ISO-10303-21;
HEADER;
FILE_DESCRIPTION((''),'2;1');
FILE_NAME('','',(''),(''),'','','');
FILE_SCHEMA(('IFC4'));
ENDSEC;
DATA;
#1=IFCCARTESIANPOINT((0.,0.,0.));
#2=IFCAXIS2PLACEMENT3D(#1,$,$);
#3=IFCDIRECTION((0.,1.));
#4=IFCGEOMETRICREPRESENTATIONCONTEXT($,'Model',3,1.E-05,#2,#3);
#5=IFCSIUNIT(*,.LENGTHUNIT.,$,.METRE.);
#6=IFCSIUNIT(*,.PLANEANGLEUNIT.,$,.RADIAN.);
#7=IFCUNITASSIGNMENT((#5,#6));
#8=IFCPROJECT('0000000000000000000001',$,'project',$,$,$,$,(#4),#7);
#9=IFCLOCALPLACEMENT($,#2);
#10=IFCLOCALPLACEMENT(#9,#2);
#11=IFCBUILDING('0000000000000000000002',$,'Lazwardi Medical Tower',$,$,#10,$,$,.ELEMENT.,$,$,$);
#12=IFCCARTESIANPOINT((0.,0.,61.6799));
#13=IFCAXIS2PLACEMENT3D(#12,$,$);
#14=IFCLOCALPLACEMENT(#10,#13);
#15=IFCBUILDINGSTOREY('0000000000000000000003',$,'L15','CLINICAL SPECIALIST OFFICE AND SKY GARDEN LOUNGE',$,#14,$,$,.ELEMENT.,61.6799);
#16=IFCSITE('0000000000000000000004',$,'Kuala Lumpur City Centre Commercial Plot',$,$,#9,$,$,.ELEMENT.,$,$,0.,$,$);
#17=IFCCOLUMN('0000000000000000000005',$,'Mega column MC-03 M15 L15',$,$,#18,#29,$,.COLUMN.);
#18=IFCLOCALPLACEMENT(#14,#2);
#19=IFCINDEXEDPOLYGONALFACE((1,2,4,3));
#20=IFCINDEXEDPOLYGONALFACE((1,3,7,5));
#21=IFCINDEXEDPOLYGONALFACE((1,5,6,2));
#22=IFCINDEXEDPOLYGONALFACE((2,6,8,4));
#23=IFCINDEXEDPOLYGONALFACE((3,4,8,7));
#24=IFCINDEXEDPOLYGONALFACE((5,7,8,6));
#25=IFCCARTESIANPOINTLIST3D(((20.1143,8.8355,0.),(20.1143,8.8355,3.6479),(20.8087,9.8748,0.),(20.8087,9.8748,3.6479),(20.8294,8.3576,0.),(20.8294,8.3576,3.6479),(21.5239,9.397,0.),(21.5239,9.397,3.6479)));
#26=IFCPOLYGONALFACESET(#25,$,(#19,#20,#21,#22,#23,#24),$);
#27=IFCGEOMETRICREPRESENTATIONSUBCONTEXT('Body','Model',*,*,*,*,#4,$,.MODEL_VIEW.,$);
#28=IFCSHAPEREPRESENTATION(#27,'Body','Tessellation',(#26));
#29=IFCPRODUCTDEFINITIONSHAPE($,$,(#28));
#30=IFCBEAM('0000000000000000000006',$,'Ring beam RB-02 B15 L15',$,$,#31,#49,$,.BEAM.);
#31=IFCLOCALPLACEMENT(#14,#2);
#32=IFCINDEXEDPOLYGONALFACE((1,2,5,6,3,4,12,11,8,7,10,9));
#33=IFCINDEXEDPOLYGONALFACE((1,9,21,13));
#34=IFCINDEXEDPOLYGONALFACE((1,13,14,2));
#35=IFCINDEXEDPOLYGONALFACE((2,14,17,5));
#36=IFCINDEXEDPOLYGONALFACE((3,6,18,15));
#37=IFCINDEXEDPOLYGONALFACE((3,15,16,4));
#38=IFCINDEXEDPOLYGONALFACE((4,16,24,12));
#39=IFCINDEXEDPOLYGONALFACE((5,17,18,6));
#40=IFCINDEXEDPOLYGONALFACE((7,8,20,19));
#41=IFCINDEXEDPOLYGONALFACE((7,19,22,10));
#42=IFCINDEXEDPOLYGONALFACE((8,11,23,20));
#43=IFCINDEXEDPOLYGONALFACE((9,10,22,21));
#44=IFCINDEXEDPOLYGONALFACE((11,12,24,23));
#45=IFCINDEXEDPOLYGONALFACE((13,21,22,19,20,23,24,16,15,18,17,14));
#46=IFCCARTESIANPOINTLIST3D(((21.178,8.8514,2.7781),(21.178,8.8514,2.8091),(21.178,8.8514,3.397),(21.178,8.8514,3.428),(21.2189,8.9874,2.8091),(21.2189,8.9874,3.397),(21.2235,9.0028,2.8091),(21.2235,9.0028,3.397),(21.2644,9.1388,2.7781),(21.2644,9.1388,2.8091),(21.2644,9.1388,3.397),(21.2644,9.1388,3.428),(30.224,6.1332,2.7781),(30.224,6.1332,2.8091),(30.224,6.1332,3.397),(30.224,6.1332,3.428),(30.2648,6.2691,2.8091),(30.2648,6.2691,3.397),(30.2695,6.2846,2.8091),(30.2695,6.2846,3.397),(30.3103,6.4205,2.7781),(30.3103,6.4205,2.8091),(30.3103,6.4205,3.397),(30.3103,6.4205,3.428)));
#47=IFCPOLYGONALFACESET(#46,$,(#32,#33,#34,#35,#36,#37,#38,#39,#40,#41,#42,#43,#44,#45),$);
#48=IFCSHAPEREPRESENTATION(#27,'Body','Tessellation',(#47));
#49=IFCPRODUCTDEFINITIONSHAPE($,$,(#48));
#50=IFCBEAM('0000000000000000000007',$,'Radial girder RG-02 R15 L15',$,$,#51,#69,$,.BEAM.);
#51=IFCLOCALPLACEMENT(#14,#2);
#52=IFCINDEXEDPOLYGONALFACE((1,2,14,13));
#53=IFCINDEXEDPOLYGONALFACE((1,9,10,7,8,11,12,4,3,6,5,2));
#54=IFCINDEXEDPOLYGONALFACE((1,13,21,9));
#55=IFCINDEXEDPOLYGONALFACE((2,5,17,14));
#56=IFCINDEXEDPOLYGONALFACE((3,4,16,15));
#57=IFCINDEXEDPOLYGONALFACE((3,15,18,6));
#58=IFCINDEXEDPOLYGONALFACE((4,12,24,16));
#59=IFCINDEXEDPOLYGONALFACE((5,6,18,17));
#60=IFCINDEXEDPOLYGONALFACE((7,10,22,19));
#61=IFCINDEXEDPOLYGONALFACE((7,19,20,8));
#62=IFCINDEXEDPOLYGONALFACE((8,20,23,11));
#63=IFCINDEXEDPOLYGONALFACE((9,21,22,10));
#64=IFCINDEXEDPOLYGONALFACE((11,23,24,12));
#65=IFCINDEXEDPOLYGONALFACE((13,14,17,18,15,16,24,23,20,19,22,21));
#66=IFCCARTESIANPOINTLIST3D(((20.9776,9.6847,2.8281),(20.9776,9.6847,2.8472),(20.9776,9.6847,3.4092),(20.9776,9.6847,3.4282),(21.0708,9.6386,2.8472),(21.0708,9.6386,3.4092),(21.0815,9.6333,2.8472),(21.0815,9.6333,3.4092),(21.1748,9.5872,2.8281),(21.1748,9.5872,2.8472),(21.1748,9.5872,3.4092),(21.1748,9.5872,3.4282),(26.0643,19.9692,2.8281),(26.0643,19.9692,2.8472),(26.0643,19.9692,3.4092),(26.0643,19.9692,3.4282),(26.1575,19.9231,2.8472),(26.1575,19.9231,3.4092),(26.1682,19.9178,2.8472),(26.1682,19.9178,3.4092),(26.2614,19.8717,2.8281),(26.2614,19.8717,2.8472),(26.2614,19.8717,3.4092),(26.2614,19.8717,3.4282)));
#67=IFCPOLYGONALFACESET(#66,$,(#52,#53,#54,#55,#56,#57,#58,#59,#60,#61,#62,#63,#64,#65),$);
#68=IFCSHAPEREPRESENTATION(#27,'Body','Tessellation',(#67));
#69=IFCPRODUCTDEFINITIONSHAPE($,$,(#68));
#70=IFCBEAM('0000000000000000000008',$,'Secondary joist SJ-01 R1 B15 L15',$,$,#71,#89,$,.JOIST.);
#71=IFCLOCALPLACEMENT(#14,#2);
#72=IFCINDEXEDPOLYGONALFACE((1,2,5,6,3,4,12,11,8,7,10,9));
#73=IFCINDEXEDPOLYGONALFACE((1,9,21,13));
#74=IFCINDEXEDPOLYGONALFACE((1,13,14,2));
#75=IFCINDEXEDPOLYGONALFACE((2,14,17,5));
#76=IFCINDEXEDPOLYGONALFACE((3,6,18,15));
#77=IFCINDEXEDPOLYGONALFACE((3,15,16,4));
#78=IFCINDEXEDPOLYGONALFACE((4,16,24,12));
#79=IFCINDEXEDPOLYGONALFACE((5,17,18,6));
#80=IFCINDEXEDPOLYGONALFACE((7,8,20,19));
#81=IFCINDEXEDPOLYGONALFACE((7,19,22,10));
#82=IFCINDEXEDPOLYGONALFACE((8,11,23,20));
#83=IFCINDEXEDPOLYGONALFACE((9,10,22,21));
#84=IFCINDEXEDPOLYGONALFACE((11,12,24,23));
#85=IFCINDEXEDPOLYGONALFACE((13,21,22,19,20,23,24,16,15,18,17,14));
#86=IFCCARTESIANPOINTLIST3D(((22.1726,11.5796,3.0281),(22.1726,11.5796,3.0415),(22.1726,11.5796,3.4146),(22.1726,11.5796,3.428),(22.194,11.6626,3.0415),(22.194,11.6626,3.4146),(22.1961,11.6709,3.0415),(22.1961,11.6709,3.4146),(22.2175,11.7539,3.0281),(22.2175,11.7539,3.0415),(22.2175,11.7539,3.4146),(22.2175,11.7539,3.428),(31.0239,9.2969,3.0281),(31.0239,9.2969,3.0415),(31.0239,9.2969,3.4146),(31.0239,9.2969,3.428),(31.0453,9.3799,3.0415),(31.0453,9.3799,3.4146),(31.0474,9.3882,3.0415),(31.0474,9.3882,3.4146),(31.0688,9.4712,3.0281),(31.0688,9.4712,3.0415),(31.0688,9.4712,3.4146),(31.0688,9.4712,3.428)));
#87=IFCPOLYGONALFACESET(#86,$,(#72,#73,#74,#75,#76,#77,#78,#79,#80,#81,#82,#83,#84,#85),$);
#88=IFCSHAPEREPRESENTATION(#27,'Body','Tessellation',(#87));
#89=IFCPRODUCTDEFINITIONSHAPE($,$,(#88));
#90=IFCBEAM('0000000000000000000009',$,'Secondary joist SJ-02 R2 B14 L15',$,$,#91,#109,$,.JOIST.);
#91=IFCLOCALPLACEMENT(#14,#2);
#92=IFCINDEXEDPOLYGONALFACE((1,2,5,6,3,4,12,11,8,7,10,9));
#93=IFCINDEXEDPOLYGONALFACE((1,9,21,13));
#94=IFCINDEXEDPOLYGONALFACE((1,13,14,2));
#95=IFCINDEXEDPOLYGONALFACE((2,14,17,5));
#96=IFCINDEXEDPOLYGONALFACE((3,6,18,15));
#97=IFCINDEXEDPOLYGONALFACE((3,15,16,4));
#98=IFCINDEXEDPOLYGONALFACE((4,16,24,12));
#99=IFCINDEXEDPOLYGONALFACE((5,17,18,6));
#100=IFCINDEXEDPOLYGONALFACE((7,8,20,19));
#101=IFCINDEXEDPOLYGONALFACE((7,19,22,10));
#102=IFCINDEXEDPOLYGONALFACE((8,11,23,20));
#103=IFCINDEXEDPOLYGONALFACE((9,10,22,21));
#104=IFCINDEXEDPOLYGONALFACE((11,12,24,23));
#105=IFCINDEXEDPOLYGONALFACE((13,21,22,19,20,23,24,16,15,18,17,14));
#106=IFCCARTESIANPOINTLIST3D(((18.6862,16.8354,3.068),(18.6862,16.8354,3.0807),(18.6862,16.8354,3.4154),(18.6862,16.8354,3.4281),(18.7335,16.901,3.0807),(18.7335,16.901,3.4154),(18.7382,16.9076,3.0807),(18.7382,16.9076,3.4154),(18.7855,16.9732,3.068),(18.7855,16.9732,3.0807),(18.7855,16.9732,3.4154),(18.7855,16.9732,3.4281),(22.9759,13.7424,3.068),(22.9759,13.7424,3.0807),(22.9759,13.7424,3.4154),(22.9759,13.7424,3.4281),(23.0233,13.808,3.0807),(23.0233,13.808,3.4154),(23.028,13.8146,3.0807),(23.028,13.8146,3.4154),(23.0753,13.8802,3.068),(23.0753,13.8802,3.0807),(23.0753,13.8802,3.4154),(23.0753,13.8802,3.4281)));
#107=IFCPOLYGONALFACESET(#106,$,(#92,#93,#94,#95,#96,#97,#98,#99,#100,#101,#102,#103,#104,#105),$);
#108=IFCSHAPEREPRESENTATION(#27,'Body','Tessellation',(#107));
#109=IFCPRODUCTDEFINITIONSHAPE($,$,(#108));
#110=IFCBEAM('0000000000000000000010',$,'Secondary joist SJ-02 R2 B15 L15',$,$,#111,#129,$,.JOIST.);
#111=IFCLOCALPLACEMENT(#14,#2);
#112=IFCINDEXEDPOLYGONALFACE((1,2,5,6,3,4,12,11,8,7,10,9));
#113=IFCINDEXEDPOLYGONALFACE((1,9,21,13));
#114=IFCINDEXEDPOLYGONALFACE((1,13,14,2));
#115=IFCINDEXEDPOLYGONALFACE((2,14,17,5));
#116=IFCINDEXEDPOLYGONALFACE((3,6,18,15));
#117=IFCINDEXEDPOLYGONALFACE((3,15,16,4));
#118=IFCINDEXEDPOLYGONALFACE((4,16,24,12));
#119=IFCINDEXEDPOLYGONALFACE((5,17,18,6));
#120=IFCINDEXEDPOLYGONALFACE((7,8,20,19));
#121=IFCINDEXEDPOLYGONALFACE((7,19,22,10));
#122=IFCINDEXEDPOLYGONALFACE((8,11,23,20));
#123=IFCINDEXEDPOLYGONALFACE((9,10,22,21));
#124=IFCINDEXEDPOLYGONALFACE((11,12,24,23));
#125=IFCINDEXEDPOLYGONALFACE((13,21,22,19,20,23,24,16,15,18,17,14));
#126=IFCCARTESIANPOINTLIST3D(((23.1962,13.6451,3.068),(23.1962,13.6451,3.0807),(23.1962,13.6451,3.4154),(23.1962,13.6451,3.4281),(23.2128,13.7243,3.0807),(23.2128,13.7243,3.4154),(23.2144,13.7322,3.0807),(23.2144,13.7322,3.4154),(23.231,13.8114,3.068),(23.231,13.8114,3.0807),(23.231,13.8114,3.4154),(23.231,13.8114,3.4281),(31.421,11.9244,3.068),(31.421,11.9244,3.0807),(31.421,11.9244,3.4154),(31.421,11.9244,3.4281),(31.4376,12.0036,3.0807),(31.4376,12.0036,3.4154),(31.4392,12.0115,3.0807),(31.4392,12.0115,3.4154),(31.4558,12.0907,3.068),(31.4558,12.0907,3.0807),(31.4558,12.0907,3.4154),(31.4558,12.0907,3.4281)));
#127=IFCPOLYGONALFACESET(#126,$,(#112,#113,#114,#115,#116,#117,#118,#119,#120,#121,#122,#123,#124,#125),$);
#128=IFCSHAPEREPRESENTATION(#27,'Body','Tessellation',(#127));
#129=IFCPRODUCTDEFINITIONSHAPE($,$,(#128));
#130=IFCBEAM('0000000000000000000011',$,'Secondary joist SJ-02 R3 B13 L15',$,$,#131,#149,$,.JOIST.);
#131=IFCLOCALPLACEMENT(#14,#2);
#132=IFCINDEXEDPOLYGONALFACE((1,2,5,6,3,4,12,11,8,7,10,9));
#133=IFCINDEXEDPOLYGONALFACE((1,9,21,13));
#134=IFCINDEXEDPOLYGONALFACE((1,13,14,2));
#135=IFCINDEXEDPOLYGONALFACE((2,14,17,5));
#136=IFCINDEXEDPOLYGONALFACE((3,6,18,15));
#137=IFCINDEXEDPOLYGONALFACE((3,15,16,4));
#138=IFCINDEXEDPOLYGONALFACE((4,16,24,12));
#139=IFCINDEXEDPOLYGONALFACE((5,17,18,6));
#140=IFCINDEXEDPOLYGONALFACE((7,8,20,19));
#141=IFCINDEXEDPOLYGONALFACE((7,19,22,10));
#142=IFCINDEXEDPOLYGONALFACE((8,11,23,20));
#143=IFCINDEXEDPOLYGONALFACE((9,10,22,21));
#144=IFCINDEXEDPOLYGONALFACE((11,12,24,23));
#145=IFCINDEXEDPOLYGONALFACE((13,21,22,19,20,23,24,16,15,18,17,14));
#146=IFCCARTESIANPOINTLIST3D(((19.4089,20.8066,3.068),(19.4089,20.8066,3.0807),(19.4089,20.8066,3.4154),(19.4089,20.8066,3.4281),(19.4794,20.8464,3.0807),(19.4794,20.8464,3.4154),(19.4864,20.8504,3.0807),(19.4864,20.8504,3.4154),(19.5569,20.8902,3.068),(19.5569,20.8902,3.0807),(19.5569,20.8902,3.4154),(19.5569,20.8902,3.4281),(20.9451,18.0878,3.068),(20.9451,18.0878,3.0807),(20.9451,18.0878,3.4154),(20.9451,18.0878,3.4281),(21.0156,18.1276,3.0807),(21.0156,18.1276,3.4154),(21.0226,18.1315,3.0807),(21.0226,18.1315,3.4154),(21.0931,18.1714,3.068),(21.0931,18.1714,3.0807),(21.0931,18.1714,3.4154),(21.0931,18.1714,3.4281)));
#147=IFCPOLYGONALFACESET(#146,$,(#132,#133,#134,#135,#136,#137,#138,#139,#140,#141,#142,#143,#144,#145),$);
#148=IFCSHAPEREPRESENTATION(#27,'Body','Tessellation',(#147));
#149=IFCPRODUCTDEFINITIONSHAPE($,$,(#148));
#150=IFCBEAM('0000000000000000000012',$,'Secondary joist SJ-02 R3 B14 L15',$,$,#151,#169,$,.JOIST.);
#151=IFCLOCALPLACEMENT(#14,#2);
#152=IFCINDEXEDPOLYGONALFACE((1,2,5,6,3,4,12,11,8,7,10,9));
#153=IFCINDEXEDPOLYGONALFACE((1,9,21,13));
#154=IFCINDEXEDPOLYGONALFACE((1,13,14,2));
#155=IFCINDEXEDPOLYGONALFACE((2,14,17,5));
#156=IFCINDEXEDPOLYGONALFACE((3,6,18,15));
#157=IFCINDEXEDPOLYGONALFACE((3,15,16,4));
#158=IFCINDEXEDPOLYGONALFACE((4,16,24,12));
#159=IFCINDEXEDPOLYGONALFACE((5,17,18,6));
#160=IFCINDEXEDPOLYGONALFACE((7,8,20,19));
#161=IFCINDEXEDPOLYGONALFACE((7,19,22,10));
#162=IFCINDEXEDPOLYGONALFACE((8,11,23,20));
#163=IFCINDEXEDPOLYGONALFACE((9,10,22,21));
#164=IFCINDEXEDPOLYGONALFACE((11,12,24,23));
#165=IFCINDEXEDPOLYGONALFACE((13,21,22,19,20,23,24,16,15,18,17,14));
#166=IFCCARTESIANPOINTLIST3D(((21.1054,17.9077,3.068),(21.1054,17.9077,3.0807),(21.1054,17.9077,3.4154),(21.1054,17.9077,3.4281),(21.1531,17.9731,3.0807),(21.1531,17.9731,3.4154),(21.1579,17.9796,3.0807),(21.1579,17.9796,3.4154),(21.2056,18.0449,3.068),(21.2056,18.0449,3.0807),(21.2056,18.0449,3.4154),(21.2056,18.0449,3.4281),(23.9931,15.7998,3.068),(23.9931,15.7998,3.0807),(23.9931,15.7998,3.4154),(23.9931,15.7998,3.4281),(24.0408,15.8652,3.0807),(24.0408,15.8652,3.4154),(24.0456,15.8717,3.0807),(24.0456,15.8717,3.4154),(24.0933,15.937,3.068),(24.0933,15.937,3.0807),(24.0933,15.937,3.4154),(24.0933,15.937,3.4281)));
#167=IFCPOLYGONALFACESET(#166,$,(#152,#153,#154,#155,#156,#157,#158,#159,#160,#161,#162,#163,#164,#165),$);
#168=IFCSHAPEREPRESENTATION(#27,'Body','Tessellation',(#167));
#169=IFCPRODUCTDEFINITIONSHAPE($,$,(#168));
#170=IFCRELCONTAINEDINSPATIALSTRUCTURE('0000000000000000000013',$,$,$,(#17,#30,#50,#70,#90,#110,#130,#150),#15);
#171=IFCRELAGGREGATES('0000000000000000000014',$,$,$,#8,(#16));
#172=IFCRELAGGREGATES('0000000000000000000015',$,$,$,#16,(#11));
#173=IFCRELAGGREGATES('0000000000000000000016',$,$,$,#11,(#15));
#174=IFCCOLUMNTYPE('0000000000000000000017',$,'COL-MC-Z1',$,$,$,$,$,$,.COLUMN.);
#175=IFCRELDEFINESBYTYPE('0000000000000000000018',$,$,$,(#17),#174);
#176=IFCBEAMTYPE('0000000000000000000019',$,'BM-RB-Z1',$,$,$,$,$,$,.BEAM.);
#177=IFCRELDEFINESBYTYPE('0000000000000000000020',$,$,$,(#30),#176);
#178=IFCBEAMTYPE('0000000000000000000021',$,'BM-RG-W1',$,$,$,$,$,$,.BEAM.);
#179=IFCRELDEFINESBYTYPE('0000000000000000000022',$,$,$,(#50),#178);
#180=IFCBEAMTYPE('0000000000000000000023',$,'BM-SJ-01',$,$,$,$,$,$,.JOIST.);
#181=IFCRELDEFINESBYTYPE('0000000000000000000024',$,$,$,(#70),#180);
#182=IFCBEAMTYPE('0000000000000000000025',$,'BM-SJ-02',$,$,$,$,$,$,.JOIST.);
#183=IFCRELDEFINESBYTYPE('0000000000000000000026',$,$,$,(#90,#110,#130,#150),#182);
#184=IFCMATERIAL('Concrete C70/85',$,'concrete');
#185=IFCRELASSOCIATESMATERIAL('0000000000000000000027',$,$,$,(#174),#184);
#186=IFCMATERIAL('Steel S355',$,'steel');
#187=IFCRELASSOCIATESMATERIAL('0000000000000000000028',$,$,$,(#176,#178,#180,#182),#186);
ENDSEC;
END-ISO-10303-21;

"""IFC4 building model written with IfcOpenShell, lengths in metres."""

from ifc_helpers import new_model, si_unit, direction, frame, origin, origin_2d, place, context, subcontext, project, spatial, rectangle, i_section, extrude, material, material_profile, profile_set, type_object, element, save


model = new_model("IFC4")

# Units and contexts
model_context = context("Model", 3, precision=1e-05, world=origin(), true_north=direction((0.0, 1.0)))
body_context = subcontext(model_context, "Body", "Model", "MODEL_VIEW")
ifc_project = project(units=[si_unit("LENGTHUNIT", "METRE"), si_unit("PLANEANGLEUNIT", "RADIAN")], contexts=[model_context])

# Site, building, storey
site_placement = place(None, origin())
site = spatial("IfcSite", under=ifc_project, at=site_placement, Name="Kuala Lumpur City Centre Commercial Plot", CompositionType="ELEMENT", RefElevation=0.0)
building_placement = place(site_placement, origin())
building = spatial("IfcBuilding", under=site, at=building_placement, Name="Lazwardi Medical Tower", CompositionType="ELEMENT")
storey_placement = place(building_placement, frame((0.0, 0.0, 61.6799)))
storey = spatial("IfcBuildingStorey", under=building, at=storey_placement, Name="L15", Description="CLINICAL SPECIALIST OFFICE AND SKY GARDEN LOUNGE", CompositionType="ELEMENT", Elevation=61.6799)

# Column
ifc_material_1 = material(Name="Concrete C70/85", Category="concrete")
ifc_material_profile_1 = material_profile(ifc_material_1, rectangle(XDim=1.25, YDim=0.8601, at=origin_2d()), Name="CFT-RECT 1250x860")
ifc_profile_set_1 = profile_set([ifc_material_profile_1], Name="Concrete C70/85")
column_type = type_object("IfcColumnType", Name="COL-MC-Z1", PredefinedType="COLUMN", material=ifc_profile_set_1)
column_placement = place(storey_placement, frame((20.8191, 9.1162, 0.0), z_axis=(0.0, 0.0, 1.0), x_axis=(-0.55557, -0.83147, 0.0)))
element("IfcColumn", 1, at=column_placement, inside=storey, type_object=column_type, Name="Mega column MC-03 M15 L15", PredefinedType="COLUMN", context=body_context, shape_type="SweptSolid", body=[
    extrude(rectangle(XDim=1.25, YDim=0.8601, at=origin_2d()), origin(), (0.0, 0.0, 1.0), 3.6479),
])

# Beams
ifc_material_2 = material(Name="Steel S355", Category="steel")
ifc_material_profile_2 = material_profile(ifc_material_2, i_section(OverallWidth=0.3, OverallDepth=0.6499, WebThickness=0.0161, FlangeThickness=0.031, at=origin_2d()), Name="HEB 650")
ifc_profile_set_2 = profile_set([ifc_material_profile_2], Name="Steel S355")
beam_type_1 = type_object("IfcBeamType", Name="BM-RB-Z1", PredefinedType="BEAM", material=ifc_profile_set_2)
beam_1_placement = place(storey_placement, frame((21.2212, 8.9951, 3.103), z_axis=(0.957695, -0.287784, 0.0), x_axis=(0.287784, 0.957695, 0.0)))
element("IfcBeam", 2, at=beam_1_placement, inside=storey, type_object=beam_type_1, Name="Ring beam RB-02 B15 L15", PredefinedType="BEAM", context=body_context, shape_type="SweptSolid", body=[
    extrude(i_section(OverallWidth=0.3, OverallDepth=0.6499, WebThickness=0.0161, FlangeThickness=0.031, at=origin_2d()), origin(), (0.0, 0.0, 1.0), 9.4456),
])
ifc_material_profile_3 = material_profile(ifc_material_2, i_section(OverallWidth=0.22, OverallDepth=0.6001, WebThickness=0.012, FlangeThickness=0.019, at=origin_2d()), Name="IPE 600")
ifc_profile_set_3 = profile_set([ifc_material_profile_3], Name="Steel S355")
beam_type_2 = type_object("IfcBeamType", Name="BM-RG-W1", PredefinedType="BEAM", material=ifc_profile_set_3)
beam_2_placement = place(storey_placement, frame((21.0762, 9.636, 3.1282), z_axis=(0.443337, 0.896355, 0.0), x_axis=(-0.896355, 0.443337, 0.0)))
element("IfcBeam", 3, at=beam_2_placement, inside=storey, type_object=beam_type_2, Name="Radial girder RG-02 R15 L15", PredefinedType="BEAM", context=body_context, shape_type="SweptSolid", body=[
    extrude(i_section(OverallWidth=0.22, OverallDepth=0.6001, WebThickness=0.012, FlangeThickness=0.019, at=origin_2d()), origin(), (0.0, 0.0, 1.0), 11.4736),
])
ifc_material_profile_4 = material_profile(ifc_material_2, i_section(OverallWidth=0.1799, OverallDepth=0.3999, WebThickness=0.0085, FlangeThickness=0.0134, at=origin_2d()), Name="IPE 400")
ifc_profile_set_4 = profile_set([ifc_material_profile_4], Name="Steel S355")
beam_type_3 = type_object("IfcBeamType", Name="BM-SJ-01", PredefinedType="JOIST", material=ifc_profile_set_4)
beam_3_placement = place(storey_placement, frame((22.1951, 11.6667, 3.228), z_axis=(0.968317, -0.249725, 0.0), x_axis=(0.249725, 0.968317, 0.0)))
element("IfcBeam", 4, at=beam_3_placement, inside=storey, type_object=beam_type_3, Name="Secondary joist SJ-01 R1 B15 L15", PredefinedType="JOIST", context=body_context, shape_type="SweptSolid", body=[
    extrude(i_section(OverallWidth=0.1799, OverallDepth=0.3999, WebThickness=0.0085, FlangeThickness=0.0134, at=origin_2d()), origin(), (0.0, 0.0, 1.0), 9.1409),
])
ifc_material_profile_5 = material_profile(ifc_material_2, i_section(OverallWidth=0.1699, OverallDepth=0.3601, WebThickness=0.0081, FlangeThickness=0.0127, at=origin_2d()), Name="IPE 360")
ifc_profile_set_5 = profile_set([ifc_material_profile_5], Name="Steel S355")
beam_type_4 = type_object("IfcBeamType", Name="BM-SJ-02", PredefinedType="JOIST", material=ifc_profile_set_5)
beam_4_placement = place(storey_placement, frame((18.7358, 16.9043, 3.248), z_axis=(0.811143, -0.584848, 0.0), x_axis=(0.584848, 0.811143, 0.0)))
element("IfcBeam", 5, at=beam_4_placement, inside=storey, type_object=beam_type_4, Name="Secondary joist SJ-02 R2 B14 L15", PredefinedType="JOIST", context=body_context, shape_type="SweptSolid", body=[
    extrude(i_section(OverallWidth=0.1699, OverallDepth=0.3601, WebThickness=0.0081, FlangeThickness=0.0127, at=origin_2d()), origin(), (0.0, 0.0, 1.0), 5.2886),
])
beam_5_placement = place(storey_placement, frame((23.2136, 13.7283, 3.248), z_axis=(0.978809, -0.204774, 0.0), x_axis=(0.204774, 0.978809, 0.0)))
element("IfcBeam", 6, at=beam_5_placement, inside=storey, type_object=beam_type_4, Name="Secondary joist SJ-02 R2 B15 L15", PredefinedType="JOIST", context=body_context, shape_type="SweptSolid", body=[
    extrude(i_section(OverallWidth=0.1699, OverallDepth=0.3601, WebThickness=0.0081, FlangeThickness=0.0127, at=origin_2d()), origin(), (0.0, 0.0, 1.0), 8.4028),
])
beam_6_placement = place(storey_placement, frame((19.4829, 20.8484, 3.248), z_axis=(0.491923, -0.870639, 0.0), x_axis=(0.870639, 0.491923, 0.0)))
element("IfcBeam", 7, at=beam_6_placement, inside=storey, type_object=beam_type_4, Name="Secondary joist SJ-02 R3 B13 L15", PredefinedType="JOIST", context=body_context, shape_type="SweptSolid", body=[
    extrude(i_section(OverallWidth=0.1699, OverallDepth=0.3601, WebThickness=0.0081, FlangeThickness=0.0127, at=origin_2d()), origin(), (0.0, 0.0, 1.0), 3.1228),
])
beam_7_placement = place(storey_placement, frame((21.1555, 17.9763, 3.248), z_axis=(0.807701, -0.589592, 0.0), x_axis=(0.589592, 0.807701, 0.0)))
element("IfcBeam", 8, at=beam_7_placement, inside=storey, type_object=beam_type_4, Name="Secondary joist SJ-02 R3 B14 L15", PredefinedType="JOIST", context=body_context, shape_type="SweptSolid", body=[
    extrude(i_section(OverallWidth=0.1699, OverallDepth=0.3601, WebThickness=0.0081, FlangeThickness=0.0127, at=origin_2d()), origin(), (0.0, 0.0, 1.0), 3.5752),
])

save(model, "model.ifc")
